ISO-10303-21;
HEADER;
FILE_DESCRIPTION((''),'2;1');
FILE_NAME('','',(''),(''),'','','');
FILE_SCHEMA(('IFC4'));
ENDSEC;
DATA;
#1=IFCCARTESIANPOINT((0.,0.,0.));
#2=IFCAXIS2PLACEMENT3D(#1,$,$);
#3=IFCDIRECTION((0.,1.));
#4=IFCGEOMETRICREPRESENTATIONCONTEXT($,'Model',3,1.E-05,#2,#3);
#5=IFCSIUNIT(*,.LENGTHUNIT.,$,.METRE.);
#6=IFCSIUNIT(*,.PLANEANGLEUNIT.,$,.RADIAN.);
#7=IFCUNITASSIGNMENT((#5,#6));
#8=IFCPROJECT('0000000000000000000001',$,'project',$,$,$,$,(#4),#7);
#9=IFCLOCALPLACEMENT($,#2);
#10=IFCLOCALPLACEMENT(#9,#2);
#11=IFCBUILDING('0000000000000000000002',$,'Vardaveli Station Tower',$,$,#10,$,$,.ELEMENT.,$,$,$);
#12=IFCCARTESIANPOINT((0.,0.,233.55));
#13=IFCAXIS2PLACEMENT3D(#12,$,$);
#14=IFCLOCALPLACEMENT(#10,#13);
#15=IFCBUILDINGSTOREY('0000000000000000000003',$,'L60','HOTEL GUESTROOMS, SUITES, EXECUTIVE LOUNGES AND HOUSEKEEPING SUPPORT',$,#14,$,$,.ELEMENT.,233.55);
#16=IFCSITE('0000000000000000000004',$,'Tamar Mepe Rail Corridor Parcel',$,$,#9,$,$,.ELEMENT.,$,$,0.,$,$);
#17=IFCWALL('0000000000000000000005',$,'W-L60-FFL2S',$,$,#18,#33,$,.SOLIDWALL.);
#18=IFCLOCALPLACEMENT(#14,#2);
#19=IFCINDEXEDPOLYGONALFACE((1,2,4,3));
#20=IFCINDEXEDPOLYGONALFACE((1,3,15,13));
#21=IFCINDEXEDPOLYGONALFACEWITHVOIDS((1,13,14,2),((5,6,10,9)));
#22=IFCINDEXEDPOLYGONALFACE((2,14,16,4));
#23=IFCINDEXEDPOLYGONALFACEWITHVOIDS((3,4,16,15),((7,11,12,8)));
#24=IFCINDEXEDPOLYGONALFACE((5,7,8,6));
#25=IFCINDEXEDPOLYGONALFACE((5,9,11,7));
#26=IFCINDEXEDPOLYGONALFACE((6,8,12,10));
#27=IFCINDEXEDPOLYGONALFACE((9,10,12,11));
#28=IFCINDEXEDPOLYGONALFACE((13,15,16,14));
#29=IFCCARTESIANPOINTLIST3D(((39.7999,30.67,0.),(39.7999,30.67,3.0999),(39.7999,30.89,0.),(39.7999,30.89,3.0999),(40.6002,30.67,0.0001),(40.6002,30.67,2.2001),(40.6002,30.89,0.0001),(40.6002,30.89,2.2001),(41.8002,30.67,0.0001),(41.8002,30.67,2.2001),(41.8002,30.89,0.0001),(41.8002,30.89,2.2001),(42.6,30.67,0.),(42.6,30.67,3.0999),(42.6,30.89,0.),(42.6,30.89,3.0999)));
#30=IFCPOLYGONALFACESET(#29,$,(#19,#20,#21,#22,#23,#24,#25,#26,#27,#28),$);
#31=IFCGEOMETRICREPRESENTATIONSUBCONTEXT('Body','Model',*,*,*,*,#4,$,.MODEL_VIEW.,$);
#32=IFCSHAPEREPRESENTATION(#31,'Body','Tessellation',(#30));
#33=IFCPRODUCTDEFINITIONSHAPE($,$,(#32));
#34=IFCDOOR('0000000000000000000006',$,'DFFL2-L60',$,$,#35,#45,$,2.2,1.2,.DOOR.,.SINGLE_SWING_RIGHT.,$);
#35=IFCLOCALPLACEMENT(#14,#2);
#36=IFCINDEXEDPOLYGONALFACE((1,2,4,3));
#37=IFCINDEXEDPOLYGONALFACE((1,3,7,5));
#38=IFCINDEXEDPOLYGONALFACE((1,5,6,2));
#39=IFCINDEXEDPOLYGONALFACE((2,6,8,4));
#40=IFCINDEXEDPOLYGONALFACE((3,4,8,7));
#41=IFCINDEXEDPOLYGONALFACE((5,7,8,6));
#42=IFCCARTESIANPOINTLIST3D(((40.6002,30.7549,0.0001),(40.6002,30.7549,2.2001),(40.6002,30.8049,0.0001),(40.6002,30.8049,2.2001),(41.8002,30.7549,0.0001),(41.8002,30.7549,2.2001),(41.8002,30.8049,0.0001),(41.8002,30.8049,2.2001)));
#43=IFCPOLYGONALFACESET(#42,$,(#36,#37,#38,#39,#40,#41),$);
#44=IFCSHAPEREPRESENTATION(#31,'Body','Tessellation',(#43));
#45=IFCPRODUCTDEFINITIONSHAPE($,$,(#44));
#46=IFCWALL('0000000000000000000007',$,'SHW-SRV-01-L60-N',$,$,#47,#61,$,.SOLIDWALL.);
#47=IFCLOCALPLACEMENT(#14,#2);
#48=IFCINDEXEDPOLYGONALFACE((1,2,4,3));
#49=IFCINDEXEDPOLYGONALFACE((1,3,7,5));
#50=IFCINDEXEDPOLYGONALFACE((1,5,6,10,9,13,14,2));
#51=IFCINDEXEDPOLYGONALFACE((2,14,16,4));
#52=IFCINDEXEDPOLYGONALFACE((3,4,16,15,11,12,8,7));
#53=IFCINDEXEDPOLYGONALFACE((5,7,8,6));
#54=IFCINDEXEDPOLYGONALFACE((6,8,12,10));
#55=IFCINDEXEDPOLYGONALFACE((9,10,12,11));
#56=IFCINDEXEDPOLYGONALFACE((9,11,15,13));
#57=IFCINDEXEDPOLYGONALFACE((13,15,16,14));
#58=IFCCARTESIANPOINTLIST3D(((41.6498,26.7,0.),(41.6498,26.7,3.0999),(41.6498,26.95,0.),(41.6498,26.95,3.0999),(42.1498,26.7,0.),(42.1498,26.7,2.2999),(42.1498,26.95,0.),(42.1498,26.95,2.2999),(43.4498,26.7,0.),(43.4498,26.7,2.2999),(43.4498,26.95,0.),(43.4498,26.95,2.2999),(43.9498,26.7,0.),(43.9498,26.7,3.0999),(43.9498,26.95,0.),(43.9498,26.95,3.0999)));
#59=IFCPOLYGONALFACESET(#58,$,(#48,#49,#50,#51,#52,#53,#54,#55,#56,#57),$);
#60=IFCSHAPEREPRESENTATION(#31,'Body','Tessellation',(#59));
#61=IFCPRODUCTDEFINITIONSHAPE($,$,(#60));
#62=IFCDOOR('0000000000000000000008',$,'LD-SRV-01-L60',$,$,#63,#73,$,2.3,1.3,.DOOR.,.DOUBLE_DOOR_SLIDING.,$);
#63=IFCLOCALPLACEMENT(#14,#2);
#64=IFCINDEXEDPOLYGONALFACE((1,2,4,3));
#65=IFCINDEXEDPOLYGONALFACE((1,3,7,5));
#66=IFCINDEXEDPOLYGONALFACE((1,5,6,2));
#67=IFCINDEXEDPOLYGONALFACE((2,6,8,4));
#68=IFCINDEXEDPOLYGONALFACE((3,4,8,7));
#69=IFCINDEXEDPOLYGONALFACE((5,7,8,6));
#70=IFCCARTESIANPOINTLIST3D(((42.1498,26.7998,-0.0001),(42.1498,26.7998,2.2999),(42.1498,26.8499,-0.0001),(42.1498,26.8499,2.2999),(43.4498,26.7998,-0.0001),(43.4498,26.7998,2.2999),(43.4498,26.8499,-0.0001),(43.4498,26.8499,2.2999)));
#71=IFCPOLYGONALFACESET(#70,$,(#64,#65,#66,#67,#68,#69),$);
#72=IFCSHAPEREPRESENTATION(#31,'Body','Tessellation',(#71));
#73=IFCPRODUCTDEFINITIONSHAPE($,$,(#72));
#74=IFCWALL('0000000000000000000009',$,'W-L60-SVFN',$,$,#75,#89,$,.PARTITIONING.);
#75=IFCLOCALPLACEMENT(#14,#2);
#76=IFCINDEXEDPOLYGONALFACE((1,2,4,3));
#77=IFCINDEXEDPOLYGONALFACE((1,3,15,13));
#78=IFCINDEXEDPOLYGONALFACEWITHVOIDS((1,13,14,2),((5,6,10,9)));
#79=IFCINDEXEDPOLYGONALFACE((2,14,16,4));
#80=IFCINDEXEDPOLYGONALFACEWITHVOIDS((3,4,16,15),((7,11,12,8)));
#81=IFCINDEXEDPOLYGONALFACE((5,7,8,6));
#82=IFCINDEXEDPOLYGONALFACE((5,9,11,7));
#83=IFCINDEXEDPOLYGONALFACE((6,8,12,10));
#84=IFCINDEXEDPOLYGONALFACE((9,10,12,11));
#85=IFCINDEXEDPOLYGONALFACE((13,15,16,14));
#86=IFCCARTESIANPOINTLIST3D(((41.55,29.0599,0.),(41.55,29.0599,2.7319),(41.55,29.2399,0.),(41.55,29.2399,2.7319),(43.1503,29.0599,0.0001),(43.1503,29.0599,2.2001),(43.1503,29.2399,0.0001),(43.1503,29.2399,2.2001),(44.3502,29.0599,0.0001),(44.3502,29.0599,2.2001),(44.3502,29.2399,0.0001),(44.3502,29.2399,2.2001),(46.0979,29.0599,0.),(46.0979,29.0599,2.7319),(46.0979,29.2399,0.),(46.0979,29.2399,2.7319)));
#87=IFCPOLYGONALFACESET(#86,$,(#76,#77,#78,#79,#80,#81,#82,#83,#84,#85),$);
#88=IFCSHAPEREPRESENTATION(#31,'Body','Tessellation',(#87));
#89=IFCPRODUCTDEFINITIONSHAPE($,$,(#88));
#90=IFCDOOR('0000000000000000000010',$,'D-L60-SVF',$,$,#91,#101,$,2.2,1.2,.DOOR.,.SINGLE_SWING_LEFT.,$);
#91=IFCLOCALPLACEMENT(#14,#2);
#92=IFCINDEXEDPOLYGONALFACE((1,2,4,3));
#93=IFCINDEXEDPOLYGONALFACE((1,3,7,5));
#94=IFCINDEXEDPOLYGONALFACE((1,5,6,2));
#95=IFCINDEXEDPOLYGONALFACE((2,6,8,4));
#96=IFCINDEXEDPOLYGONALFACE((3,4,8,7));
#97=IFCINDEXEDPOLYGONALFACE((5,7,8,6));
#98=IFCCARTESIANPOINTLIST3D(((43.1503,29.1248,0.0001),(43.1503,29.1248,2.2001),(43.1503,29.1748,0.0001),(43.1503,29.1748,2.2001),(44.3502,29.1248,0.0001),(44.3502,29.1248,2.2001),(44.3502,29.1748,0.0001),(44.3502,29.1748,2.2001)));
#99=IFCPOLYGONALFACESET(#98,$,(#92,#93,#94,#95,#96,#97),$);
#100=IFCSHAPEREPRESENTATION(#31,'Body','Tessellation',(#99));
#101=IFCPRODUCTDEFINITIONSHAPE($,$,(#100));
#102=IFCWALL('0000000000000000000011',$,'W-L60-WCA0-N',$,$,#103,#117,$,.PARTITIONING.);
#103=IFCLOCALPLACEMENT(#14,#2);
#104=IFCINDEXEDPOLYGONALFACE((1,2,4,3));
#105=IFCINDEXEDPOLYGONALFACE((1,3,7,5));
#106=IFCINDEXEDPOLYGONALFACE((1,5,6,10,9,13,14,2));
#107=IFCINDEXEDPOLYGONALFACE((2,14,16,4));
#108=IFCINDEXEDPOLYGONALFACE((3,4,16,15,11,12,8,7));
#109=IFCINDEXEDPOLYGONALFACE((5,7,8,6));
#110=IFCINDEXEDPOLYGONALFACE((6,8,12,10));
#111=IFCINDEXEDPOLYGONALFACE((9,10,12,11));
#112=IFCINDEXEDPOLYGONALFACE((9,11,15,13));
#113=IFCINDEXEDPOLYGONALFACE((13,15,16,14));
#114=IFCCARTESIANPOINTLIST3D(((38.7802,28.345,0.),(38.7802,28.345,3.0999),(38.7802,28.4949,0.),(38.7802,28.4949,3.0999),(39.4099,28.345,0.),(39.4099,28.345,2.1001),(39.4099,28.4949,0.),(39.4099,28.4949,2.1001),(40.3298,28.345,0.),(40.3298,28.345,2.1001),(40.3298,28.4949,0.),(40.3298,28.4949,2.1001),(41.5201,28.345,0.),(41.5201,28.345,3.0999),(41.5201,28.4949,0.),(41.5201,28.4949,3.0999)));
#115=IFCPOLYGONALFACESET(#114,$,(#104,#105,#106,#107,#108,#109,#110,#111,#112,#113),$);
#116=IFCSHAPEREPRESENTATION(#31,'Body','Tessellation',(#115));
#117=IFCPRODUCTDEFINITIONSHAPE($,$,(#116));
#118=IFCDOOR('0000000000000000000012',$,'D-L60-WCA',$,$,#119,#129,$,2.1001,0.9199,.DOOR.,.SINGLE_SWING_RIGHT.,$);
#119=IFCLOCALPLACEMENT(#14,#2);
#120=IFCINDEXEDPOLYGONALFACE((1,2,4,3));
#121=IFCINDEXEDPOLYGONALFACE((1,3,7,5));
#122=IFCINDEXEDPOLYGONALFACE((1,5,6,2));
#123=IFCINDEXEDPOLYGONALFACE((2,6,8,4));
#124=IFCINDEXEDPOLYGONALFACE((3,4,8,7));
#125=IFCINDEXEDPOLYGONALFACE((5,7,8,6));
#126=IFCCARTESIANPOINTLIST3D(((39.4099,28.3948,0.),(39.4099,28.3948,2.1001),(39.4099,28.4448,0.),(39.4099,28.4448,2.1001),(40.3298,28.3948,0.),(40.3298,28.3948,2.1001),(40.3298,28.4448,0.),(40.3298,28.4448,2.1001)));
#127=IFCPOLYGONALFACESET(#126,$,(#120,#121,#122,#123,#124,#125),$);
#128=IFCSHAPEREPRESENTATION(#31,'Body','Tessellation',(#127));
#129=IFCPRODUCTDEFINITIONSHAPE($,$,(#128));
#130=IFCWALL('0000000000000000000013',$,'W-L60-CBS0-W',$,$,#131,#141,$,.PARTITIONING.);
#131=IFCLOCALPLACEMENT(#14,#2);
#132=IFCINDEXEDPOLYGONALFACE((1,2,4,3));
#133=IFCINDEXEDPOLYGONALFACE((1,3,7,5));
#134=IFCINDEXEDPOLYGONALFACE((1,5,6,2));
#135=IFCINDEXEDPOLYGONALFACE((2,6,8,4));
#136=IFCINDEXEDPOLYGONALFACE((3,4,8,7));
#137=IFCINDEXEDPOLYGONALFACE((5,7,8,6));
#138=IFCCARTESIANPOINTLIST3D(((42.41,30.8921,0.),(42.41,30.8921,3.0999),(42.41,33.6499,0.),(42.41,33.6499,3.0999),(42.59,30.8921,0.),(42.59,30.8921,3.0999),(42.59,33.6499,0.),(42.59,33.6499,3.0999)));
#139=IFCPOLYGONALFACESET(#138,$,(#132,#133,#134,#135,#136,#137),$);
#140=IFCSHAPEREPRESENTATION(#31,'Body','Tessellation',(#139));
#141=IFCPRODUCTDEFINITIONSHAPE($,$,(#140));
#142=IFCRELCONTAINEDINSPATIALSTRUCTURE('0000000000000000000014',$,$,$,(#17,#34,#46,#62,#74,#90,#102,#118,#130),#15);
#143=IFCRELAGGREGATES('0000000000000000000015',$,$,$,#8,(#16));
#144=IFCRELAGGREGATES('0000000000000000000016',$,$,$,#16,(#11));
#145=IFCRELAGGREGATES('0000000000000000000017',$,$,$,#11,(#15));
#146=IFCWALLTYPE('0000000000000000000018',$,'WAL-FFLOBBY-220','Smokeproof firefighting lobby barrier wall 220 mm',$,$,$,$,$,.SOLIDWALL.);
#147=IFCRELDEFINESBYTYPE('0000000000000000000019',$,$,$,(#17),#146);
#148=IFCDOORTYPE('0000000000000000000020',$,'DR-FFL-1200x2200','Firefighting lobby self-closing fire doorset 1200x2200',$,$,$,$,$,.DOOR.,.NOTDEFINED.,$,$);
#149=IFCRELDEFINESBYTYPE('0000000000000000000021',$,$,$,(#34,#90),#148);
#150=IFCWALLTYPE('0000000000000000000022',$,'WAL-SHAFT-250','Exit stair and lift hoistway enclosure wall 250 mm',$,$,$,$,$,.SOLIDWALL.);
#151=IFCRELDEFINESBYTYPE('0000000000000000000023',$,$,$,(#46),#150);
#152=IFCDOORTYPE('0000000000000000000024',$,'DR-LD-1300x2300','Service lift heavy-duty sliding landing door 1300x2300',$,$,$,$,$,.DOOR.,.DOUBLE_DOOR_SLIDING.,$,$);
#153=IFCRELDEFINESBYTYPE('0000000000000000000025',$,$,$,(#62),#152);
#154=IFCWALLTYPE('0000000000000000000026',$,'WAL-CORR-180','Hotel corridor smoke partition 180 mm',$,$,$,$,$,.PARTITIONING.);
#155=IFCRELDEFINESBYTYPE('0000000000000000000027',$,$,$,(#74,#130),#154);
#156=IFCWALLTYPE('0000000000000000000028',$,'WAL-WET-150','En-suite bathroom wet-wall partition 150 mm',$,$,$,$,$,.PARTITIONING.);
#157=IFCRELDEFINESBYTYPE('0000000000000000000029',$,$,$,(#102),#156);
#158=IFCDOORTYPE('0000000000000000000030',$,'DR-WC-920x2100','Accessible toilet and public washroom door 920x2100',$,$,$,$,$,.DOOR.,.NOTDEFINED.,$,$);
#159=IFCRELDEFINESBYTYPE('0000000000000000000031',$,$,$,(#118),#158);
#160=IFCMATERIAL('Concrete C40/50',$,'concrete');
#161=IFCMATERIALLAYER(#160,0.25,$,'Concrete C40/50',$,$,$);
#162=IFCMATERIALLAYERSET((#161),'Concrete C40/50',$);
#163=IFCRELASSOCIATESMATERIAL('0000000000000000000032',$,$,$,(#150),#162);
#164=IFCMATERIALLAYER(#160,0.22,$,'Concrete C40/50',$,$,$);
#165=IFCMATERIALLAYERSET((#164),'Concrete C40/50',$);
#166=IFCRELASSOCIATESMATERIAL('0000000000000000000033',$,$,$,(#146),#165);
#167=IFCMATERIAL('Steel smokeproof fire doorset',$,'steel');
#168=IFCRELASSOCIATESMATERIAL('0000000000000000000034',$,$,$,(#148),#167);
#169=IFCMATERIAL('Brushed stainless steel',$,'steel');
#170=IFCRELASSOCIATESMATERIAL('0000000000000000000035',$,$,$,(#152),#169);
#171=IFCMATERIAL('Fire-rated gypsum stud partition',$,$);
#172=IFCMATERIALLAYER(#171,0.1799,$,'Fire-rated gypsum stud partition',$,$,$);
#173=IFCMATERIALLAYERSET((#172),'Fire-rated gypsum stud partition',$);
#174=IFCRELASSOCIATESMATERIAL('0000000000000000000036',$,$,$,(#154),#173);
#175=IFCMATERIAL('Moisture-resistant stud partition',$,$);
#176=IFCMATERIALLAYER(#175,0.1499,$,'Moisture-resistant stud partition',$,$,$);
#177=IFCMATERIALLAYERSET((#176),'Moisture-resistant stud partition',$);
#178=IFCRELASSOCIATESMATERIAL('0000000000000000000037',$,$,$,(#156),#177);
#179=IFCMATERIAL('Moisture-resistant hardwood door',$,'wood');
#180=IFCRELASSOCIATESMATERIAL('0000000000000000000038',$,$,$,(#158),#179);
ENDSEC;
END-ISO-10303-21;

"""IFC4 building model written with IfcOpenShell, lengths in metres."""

from ifc_helpers import new_model, si_unit, direction, frame, frame_2d, origin, place, context, subcontext, project, spatial, rectangle, extrude, source, transform, mapped, material, layer, layer_set, type_object, element, fill, save


model = new_model("IFC4")

# Units and contexts
model_context = context("Model", 3, precision=1e-05, world=origin(), true_north=direction((0.0, 1.0)))
body_context = subcontext(model_context, "Body", "Model", "MODEL_VIEW")
ifc_project = project(units=[si_unit("LENGTHUNIT", "METRE"), si_unit("PLANEANGLEUNIT", "RADIAN")], contexts=[model_context])

# Site, building, storey
site_placement = place(None, origin())
site = spatial("IfcSite", under=ifc_project, at=site_placement, Name="Tamar Mepe Rail Corridor Parcel", CompositionType="ELEMENT", RefElevation=0.0)
building_placement = place(site_placement, origin())
building = spatial("IfcBuilding", under=site, at=building_placement, Name="Vardaveli Station Tower", CompositionType="ELEMENT")
storey_placement = place(building_placement, frame((0.0, 0.0, 233.55)))
storey = spatial("IfcBuildingStorey", under=building, at=storey_placement, Name="L60", Description="HOTEL GUESTROOMS, SUITES, EXECUTIVE LOUNGES AND HOUSEKEEPING SUPPORT", CompositionType="ELEMENT", Elevation=233.55)

# Shared definitions
ifc_material_1 = material(Name="Concrete C40/50", Category="concrete")
ifc_layer_1 = layer(ifc_material_1, 0.25, Name="Concrete C40/50")
ifc_layer_set_1 = layer_set([ifc_layer_1], Name="Concrete C40/50")
wall_type_1 = type_object("IfcWallType", Name="WAL-SHAFT-250", Description="Exit stair and lift hoistway enclosure wall 250 mm", PredefinedType="SOLIDWALL", material=ifc_layer_set_1)

# Walls, openings, doors
ifc_material_2 = material(Name="Steel smokeproof fire doorset", Category="steel")
ifc_layer_2 = layer(ifc_material_1, 0.22, Name="Concrete C40/50")
ifc_layer_set_2 = layer_set([ifc_layer_2], Name="Concrete C40/50")
wall_type_2 = type_object("IfcWallType", Name="WAL-FFLOBBY-220", Description="Smokeproof firefighting lobby barrier wall 220 mm", PredefinedType="SOLIDWALL", material=ifc_layer_set_2)
shared_shape_1 = source(origin(), body_context, "Body", "SweptSolid", [
    extrude(rectangle(XDim=2.8, YDim=0.22, at=frame_2d((1.3999, 0.0))), origin(), (0.0, 0.0, 1.0), 3.0999),
])
wall_1_placement = place(storey_placement, frame((39.8, 30.78, 0.0), z_axis=(0.0, 0.0, 1.0), x_axis=(1.0, 0.0, 0.0)))
wall_1 = element("IfcWall", 1, at=wall_1_placement, inside=storey, type_object=wall_type_2, Name="W-L60-FFL2S", PredefinedType="SOLIDWALL", context=body_context, shape_type="MappedRepresentation", body=[
    mapped(shared_shape_1, transform((0.0, 0.0, 0.0), scale=1.0)),
])
shared_shape_2 = source(origin(), body_context, "Body", "SweptSolid", [
    extrude(rectangle(XDim=1.2, YDim=2.2, at=frame_2d((0.6001, 1.1001))), frame((0.0, 0.1201, 0.0), z_axis=(0.0, -1.0, 0.0), x_axis=(1.0, 0.0, 0.0)), (0.0, 0.0, 1.0), 0.24),
])
opening_1_placement = place(wall_1_placement, frame((0.8, 0.0, 0.0)))
opening_1 = element("IfcOpeningElement", 2, at=opening_1_placement, cuts=wall_1, PredefinedType="OPENING", context=body_context, shape_type="MappedRepresentation", body=[
    mapped(shared_shape_2, transform((0.0, 0.0, 0.0), scale=1.0)),
])
door_type_1 = type_object("IfcDoorType", Name="DR-FFL-1200x2200", Description="Firefighting lobby self-closing fire doorset 1200x2200", OperationType="NOTDEFINED", PredefinedType="DOOR", material=ifc_material_2)
shared_shape_3 = source(origin(), body_context, "Body", "SweptSolid", [
    extrude(rectangle(XDim=1.2, YDim=2.2, at=frame_2d((0.6001, 1.1001))), frame((0.0, 0.0249, 0.0), z_axis=(0.0, -1.0, 0.0), x_axis=(1.0, 0.0, 0.0)), (0.0, 0.0, 1.0), 0.05),
])
door_1_placement = place(opening_1_placement, origin())
door_1 = element("IfcDoor", 3, at=door_1_placement, inside=storey, type_object=door_type_1, Name="DFFL2-L60", OperationType="SINGLE_SWING_RIGHT", OverallHeight=2.2, OverallWidth=1.2, PredefinedType="DOOR", context=body_context, shape_type="MappedRepresentation", body=[
    mapped(shared_shape_3, transform((0.0, 0.0, 0.0), scale=1.0)),
])
fill(opening_1, door_1)
shared_shape_4 = source(origin(), body_context, "Body", "SweptSolid", [
    extrude(rectangle(XDim=2.3, YDim=0.25, at=frame_2d((1.1499, 0.0))), origin(), (0.0, 0.0, 1.0), 3.0999),
])
wall_2_placement = place(storey_placement, frame((41.6499, 26.825, 0.0), z_axis=(0.0, 0.0, 1.0), x_axis=(1.0, 0.0, 0.0)))
wall_2 = element("IfcWall", 4, at=wall_2_placement, inside=storey, type_object=wall_type_1, Name="SHW-SRV-01-L60-N", PredefinedType="SOLIDWALL", context=body_context, shape_type="MappedRepresentation", body=[
    mapped(shared_shape_4, transform((0.0, 0.0, 0.0), scale=1.0)),
])
shared_shape_5 = source(origin(), body_context, "Body", "SweptSolid", [
    extrude(rectangle(XDim=1.3, YDim=2.3, at=frame_2d((0.6499, 1.1499))), frame((0.0, 0.135, 0.0), z_axis=(0.0, -1.0, 0.0), x_axis=(1.0, 0.0, 0.0)), (0.0, 0.0, 1.0), 0.27),
])
opening_2_placement = place(wall_2_placement, frame((0.5, 0.0, 0.0)))
opening_2 = element("IfcOpeningElement", 5, at=opening_2_placement, cuts=wall_2, PredefinedType="OPENING", context=body_context, shape_type="MappedRepresentation", body=[
    mapped(shared_shape_5, transform((0.0, 0.0, 0.0), scale=1.0)),
])
ifc_material_3 = material(Name="Brushed stainless steel", Category="steel")
door_type_2 = type_object("IfcDoorType", Name="DR-LD-1300x2300", Description="Service lift heavy-duty sliding landing door 1300x2300", OperationType="DOUBLE_DOOR_SLIDING", PredefinedType="DOOR", material=ifc_material_3)
shared_shape_6 = source(origin(), body_context, "Body", "SweptSolid", [
    extrude(rectangle(XDim=1.3, YDim=2.3, at=frame_2d((0.6499, 1.1499))), frame((0.0, 0.0249, 0.0), z_axis=(0.0, -1.0, 0.0), x_axis=(1.0, 0.0, 0.0)), (0.0, 0.0, 1.0), 0.05),
])
door_2_placement = place(opening_2_placement, origin())
door_2 = element("IfcDoor", 6, at=door_2_placement, inside=storey, type_object=door_type_2, Name="LD-SRV-01-L60", OperationType="DOUBLE_DOOR_SLIDING", OverallHeight=2.3, OverallWidth=1.3, PredefinedType="DOOR", context=body_context, shape_type="MappedRepresentation", body=[
    mapped(shared_shape_6, transform((0.0, 0.0, 0.0), scale=1.0)),
])
fill(opening_2, door_2)
ifc_material_4 = material(Name="Fire-rated gypsum stud partition")
ifc_layer_3 = layer(ifc_material_4, 0.1799, Name="Fire-rated gypsum stud partition")
ifc_layer_set_3 = layer_set([ifc_layer_3], Name="Fire-rated gypsum stud partition")
wall_type_3 = type_object("IfcWallType", Name="WAL-CORR-180", Description="Hotel corridor smoke partition 180 mm", PredefinedType="PARTITIONING", material=ifc_layer_set_3)
shared_shape_7 = source(origin(), body_context, "Body", "SweptSolid", [
    extrude(rectangle(XDim=4.5479, YDim=0.1799, at=frame_2d((2.2739, 0.0))), origin(), (0.0, 0.0, 1.0), 2.7319),
])
wall_3_placement = place(storey_placement, frame((41.55, 29.1499, 0.0), z_axis=(0.0, 0.0, 1.0), x_axis=(1.0, 0.0, 0.0)))
wall_3 = element("IfcWall", 7, at=wall_3_placement, inside=storey, type_object=wall_type_3, Name="W-L60-SVFN", PredefinedType="PARTITIONING", context=body_context, shape_type="MappedRepresentation", body=[
    mapped(shared_shape_7, transform((0.0, 0.0, 0.0), scale=1.0)),
])
shared_shape_8 = source(origin(), body_context, "Body", "SweptSolid", [
    extrude(rectangle(XDim=1.2, YDim=2.2, at=frame_2d((0.6001, 1.1001))), frame((0.0, 0.1001, 0.0), z_axis=(0.0, -1.0, 0.0), x_axis=(1.0, 0.0, 0.0)), (0.0, 0.0, 1.0), 0.2),
])
opening_3_placement = place(wall_3_placement, frame((1.6001, 0.0, 0.0)))
opening_3 = element("IfcOpeningElement", 8, at=opening_3_placement, cuts=wall_3, PredefinedType="OPENING", context=body_context, shape_type="MappedRepresentation", body=[
    mapped(shared_shape_8, transform((0.0, 0.0, 0.0), scale=1.0)),
])
door_3_placement = place(opening_3_placement, origin())
door_3 = element("IfcDoor", 9, at=door_3_placement, inside=storey, type_object=door_type_1, Name="D-L60-SVF", OperationType="SINGLE_SWING_LEFT", OverallHeight=2.2, OverallWidth=1.2, PredefinedType="DOOR", context=body_context, shape_type="MappedRepresentation", body=[
    mapped(shared_shape_3, transform((0.0, 0.0, 0.0), scale=1.0)),
])
fill(opening_3, door_3)
ifc_material_5 = material(Name="Moisture-resistant stud partition")
ifc_layer_4 = layer(ifc_material_5, 0.1499, Name="Moisture-resistant stud partition")
ifc_layer_set_4 = layer_set([ifc_layer_4], Name="Moisture-resistant stud partition")
wall_type_4 = type_object("IfcWallType", Name="WAL-WET-150", Description="En-suite bathroom wet-wall partition 150 mm", PredefinedType="PARTITIONING", material=ifc_layer_set_4)
shared_shape_9 = source(origin(), body_context, "Body", "SweptSolid", [
    extrude(rectangle(XDim=2.74, YDim=0.1499, at=frame_2d((1.3701, 0.0))), origin(), (0.0, 0.0, 1.0), 3.0999),
])
wall_4_placement = place(storey_placement, frame((38.78, 28.4199, 0.0), z_axis=(0.0, 0.0, 1.0), x_axis=(1.0, 0.0, 0.0)))
wall_4 = element("IfcWall", 10, at=wall_4_placement, inside=storey, type_object=wall_type_4, Name="W-L60-WCA0-N", PredefinedType="PARTITIONING", context=body_context, shape_type="MappedRepresentation", body=[
    mapped(shared_shape_9, transform((0.0, 0.0, 0.0), scale=1.0)),
])
shared_shape_10 = source(origin(), body_context, "Body", "SweptSolid", [
    extrude(rectangle(XDim=0.9199, YDim=2.1001, at=frame_2d((0.46, 1.05))), frame((0.0, 0.085, 0.0), z_axis=(0.0, -1.0, 0.0), x_axis=(1.0, 0.0, 0.0)), (0.0, 0.0, 1.0), 0.1699),
])
opening_4_placement = place(wall_4_placement, frame((0.6299, 0.0, 0.0)))
opening_4 = element("IfcOpeningElement", 11, at=opening_4_placement, cuts=wall_4, PredefinedType="OPENING", context=body_context, shape_type="MappedRepresentation", body=[
    mapped(shared_shape_10, transform((0.0, 0.0, 0.0), scale=1.0)),
])
ifc_material_6 = material(Name="Moisture-resistant hardwood door", Category="wood")
door_type_3 = type_object("IfcDoorType", Name="DR-WC-920x2100", Description="Accessible toilet and public washroom door 920x2100", OperationType="NOTDEFINED", PredefinedType="DOOR", material=ifc_material_6)
shared_shape_11 = source(origin(), body_context, "Body", "SweptSolid", [
    extrude(rectangle(XDim=0.9199, YDim=2.1001, at=frame_2d((0.46, 1.05))), frame((0.0, 0.0249, 0.0), z_axis=(0.0, -1.0, 0.0), x_axis=(1.0, 0.0, 0.0)), (0.0, 0.0, 1.0), 0.05),
])
door_4_placement = place(opening_4_placement, origin())
door_4 = element("IfcDoor", 12, at=door_4_placement, inside=storey, type_object=door_type_3, Name="D-L60-WCA", OperationType="SINGLE_SWING_RIGHT", OverallHeight=2.1001, OverallWidth=0.9199, PredefinedType="DOOR", context=body_context, shape_type="MappedRepresentation", body=[
    mapped(shared_shape_11, transform((0.0, 0.0, 0.0), scale=1.0)),
])
fill(opening_4, door_4)

# Wall
shared_shape_12 = source(origin(), body_context, "Body", "SweptSolid", [
    extrude(rectangle(XDim=2.7578, YDim=0.1799, at=frame_2d((1.3789, 0.0))), origin(), (0.0, 0.0, 1.0), 3.0999),
])
wall_5_placement = place(storey_placement, frame((42.5, 30.8921, 0.0), z_axis=(0.0, 0.0, 1.0), x_axis=(0.0, 1.0, 0.0)))
element("IfcWall", 13, at=wall_5_placement, inside=storey, type_object=wall_type_3, Name="W-L60-CBS0-W", PredefinedType="PARTITIONING", context=body_context, shape_type="MappedRepresentation", body=[
    mapped(shared_shape_12, transform((0.0, 0.0, 0.0), scale=1.0)),
])

save(model, "model.ifc")
